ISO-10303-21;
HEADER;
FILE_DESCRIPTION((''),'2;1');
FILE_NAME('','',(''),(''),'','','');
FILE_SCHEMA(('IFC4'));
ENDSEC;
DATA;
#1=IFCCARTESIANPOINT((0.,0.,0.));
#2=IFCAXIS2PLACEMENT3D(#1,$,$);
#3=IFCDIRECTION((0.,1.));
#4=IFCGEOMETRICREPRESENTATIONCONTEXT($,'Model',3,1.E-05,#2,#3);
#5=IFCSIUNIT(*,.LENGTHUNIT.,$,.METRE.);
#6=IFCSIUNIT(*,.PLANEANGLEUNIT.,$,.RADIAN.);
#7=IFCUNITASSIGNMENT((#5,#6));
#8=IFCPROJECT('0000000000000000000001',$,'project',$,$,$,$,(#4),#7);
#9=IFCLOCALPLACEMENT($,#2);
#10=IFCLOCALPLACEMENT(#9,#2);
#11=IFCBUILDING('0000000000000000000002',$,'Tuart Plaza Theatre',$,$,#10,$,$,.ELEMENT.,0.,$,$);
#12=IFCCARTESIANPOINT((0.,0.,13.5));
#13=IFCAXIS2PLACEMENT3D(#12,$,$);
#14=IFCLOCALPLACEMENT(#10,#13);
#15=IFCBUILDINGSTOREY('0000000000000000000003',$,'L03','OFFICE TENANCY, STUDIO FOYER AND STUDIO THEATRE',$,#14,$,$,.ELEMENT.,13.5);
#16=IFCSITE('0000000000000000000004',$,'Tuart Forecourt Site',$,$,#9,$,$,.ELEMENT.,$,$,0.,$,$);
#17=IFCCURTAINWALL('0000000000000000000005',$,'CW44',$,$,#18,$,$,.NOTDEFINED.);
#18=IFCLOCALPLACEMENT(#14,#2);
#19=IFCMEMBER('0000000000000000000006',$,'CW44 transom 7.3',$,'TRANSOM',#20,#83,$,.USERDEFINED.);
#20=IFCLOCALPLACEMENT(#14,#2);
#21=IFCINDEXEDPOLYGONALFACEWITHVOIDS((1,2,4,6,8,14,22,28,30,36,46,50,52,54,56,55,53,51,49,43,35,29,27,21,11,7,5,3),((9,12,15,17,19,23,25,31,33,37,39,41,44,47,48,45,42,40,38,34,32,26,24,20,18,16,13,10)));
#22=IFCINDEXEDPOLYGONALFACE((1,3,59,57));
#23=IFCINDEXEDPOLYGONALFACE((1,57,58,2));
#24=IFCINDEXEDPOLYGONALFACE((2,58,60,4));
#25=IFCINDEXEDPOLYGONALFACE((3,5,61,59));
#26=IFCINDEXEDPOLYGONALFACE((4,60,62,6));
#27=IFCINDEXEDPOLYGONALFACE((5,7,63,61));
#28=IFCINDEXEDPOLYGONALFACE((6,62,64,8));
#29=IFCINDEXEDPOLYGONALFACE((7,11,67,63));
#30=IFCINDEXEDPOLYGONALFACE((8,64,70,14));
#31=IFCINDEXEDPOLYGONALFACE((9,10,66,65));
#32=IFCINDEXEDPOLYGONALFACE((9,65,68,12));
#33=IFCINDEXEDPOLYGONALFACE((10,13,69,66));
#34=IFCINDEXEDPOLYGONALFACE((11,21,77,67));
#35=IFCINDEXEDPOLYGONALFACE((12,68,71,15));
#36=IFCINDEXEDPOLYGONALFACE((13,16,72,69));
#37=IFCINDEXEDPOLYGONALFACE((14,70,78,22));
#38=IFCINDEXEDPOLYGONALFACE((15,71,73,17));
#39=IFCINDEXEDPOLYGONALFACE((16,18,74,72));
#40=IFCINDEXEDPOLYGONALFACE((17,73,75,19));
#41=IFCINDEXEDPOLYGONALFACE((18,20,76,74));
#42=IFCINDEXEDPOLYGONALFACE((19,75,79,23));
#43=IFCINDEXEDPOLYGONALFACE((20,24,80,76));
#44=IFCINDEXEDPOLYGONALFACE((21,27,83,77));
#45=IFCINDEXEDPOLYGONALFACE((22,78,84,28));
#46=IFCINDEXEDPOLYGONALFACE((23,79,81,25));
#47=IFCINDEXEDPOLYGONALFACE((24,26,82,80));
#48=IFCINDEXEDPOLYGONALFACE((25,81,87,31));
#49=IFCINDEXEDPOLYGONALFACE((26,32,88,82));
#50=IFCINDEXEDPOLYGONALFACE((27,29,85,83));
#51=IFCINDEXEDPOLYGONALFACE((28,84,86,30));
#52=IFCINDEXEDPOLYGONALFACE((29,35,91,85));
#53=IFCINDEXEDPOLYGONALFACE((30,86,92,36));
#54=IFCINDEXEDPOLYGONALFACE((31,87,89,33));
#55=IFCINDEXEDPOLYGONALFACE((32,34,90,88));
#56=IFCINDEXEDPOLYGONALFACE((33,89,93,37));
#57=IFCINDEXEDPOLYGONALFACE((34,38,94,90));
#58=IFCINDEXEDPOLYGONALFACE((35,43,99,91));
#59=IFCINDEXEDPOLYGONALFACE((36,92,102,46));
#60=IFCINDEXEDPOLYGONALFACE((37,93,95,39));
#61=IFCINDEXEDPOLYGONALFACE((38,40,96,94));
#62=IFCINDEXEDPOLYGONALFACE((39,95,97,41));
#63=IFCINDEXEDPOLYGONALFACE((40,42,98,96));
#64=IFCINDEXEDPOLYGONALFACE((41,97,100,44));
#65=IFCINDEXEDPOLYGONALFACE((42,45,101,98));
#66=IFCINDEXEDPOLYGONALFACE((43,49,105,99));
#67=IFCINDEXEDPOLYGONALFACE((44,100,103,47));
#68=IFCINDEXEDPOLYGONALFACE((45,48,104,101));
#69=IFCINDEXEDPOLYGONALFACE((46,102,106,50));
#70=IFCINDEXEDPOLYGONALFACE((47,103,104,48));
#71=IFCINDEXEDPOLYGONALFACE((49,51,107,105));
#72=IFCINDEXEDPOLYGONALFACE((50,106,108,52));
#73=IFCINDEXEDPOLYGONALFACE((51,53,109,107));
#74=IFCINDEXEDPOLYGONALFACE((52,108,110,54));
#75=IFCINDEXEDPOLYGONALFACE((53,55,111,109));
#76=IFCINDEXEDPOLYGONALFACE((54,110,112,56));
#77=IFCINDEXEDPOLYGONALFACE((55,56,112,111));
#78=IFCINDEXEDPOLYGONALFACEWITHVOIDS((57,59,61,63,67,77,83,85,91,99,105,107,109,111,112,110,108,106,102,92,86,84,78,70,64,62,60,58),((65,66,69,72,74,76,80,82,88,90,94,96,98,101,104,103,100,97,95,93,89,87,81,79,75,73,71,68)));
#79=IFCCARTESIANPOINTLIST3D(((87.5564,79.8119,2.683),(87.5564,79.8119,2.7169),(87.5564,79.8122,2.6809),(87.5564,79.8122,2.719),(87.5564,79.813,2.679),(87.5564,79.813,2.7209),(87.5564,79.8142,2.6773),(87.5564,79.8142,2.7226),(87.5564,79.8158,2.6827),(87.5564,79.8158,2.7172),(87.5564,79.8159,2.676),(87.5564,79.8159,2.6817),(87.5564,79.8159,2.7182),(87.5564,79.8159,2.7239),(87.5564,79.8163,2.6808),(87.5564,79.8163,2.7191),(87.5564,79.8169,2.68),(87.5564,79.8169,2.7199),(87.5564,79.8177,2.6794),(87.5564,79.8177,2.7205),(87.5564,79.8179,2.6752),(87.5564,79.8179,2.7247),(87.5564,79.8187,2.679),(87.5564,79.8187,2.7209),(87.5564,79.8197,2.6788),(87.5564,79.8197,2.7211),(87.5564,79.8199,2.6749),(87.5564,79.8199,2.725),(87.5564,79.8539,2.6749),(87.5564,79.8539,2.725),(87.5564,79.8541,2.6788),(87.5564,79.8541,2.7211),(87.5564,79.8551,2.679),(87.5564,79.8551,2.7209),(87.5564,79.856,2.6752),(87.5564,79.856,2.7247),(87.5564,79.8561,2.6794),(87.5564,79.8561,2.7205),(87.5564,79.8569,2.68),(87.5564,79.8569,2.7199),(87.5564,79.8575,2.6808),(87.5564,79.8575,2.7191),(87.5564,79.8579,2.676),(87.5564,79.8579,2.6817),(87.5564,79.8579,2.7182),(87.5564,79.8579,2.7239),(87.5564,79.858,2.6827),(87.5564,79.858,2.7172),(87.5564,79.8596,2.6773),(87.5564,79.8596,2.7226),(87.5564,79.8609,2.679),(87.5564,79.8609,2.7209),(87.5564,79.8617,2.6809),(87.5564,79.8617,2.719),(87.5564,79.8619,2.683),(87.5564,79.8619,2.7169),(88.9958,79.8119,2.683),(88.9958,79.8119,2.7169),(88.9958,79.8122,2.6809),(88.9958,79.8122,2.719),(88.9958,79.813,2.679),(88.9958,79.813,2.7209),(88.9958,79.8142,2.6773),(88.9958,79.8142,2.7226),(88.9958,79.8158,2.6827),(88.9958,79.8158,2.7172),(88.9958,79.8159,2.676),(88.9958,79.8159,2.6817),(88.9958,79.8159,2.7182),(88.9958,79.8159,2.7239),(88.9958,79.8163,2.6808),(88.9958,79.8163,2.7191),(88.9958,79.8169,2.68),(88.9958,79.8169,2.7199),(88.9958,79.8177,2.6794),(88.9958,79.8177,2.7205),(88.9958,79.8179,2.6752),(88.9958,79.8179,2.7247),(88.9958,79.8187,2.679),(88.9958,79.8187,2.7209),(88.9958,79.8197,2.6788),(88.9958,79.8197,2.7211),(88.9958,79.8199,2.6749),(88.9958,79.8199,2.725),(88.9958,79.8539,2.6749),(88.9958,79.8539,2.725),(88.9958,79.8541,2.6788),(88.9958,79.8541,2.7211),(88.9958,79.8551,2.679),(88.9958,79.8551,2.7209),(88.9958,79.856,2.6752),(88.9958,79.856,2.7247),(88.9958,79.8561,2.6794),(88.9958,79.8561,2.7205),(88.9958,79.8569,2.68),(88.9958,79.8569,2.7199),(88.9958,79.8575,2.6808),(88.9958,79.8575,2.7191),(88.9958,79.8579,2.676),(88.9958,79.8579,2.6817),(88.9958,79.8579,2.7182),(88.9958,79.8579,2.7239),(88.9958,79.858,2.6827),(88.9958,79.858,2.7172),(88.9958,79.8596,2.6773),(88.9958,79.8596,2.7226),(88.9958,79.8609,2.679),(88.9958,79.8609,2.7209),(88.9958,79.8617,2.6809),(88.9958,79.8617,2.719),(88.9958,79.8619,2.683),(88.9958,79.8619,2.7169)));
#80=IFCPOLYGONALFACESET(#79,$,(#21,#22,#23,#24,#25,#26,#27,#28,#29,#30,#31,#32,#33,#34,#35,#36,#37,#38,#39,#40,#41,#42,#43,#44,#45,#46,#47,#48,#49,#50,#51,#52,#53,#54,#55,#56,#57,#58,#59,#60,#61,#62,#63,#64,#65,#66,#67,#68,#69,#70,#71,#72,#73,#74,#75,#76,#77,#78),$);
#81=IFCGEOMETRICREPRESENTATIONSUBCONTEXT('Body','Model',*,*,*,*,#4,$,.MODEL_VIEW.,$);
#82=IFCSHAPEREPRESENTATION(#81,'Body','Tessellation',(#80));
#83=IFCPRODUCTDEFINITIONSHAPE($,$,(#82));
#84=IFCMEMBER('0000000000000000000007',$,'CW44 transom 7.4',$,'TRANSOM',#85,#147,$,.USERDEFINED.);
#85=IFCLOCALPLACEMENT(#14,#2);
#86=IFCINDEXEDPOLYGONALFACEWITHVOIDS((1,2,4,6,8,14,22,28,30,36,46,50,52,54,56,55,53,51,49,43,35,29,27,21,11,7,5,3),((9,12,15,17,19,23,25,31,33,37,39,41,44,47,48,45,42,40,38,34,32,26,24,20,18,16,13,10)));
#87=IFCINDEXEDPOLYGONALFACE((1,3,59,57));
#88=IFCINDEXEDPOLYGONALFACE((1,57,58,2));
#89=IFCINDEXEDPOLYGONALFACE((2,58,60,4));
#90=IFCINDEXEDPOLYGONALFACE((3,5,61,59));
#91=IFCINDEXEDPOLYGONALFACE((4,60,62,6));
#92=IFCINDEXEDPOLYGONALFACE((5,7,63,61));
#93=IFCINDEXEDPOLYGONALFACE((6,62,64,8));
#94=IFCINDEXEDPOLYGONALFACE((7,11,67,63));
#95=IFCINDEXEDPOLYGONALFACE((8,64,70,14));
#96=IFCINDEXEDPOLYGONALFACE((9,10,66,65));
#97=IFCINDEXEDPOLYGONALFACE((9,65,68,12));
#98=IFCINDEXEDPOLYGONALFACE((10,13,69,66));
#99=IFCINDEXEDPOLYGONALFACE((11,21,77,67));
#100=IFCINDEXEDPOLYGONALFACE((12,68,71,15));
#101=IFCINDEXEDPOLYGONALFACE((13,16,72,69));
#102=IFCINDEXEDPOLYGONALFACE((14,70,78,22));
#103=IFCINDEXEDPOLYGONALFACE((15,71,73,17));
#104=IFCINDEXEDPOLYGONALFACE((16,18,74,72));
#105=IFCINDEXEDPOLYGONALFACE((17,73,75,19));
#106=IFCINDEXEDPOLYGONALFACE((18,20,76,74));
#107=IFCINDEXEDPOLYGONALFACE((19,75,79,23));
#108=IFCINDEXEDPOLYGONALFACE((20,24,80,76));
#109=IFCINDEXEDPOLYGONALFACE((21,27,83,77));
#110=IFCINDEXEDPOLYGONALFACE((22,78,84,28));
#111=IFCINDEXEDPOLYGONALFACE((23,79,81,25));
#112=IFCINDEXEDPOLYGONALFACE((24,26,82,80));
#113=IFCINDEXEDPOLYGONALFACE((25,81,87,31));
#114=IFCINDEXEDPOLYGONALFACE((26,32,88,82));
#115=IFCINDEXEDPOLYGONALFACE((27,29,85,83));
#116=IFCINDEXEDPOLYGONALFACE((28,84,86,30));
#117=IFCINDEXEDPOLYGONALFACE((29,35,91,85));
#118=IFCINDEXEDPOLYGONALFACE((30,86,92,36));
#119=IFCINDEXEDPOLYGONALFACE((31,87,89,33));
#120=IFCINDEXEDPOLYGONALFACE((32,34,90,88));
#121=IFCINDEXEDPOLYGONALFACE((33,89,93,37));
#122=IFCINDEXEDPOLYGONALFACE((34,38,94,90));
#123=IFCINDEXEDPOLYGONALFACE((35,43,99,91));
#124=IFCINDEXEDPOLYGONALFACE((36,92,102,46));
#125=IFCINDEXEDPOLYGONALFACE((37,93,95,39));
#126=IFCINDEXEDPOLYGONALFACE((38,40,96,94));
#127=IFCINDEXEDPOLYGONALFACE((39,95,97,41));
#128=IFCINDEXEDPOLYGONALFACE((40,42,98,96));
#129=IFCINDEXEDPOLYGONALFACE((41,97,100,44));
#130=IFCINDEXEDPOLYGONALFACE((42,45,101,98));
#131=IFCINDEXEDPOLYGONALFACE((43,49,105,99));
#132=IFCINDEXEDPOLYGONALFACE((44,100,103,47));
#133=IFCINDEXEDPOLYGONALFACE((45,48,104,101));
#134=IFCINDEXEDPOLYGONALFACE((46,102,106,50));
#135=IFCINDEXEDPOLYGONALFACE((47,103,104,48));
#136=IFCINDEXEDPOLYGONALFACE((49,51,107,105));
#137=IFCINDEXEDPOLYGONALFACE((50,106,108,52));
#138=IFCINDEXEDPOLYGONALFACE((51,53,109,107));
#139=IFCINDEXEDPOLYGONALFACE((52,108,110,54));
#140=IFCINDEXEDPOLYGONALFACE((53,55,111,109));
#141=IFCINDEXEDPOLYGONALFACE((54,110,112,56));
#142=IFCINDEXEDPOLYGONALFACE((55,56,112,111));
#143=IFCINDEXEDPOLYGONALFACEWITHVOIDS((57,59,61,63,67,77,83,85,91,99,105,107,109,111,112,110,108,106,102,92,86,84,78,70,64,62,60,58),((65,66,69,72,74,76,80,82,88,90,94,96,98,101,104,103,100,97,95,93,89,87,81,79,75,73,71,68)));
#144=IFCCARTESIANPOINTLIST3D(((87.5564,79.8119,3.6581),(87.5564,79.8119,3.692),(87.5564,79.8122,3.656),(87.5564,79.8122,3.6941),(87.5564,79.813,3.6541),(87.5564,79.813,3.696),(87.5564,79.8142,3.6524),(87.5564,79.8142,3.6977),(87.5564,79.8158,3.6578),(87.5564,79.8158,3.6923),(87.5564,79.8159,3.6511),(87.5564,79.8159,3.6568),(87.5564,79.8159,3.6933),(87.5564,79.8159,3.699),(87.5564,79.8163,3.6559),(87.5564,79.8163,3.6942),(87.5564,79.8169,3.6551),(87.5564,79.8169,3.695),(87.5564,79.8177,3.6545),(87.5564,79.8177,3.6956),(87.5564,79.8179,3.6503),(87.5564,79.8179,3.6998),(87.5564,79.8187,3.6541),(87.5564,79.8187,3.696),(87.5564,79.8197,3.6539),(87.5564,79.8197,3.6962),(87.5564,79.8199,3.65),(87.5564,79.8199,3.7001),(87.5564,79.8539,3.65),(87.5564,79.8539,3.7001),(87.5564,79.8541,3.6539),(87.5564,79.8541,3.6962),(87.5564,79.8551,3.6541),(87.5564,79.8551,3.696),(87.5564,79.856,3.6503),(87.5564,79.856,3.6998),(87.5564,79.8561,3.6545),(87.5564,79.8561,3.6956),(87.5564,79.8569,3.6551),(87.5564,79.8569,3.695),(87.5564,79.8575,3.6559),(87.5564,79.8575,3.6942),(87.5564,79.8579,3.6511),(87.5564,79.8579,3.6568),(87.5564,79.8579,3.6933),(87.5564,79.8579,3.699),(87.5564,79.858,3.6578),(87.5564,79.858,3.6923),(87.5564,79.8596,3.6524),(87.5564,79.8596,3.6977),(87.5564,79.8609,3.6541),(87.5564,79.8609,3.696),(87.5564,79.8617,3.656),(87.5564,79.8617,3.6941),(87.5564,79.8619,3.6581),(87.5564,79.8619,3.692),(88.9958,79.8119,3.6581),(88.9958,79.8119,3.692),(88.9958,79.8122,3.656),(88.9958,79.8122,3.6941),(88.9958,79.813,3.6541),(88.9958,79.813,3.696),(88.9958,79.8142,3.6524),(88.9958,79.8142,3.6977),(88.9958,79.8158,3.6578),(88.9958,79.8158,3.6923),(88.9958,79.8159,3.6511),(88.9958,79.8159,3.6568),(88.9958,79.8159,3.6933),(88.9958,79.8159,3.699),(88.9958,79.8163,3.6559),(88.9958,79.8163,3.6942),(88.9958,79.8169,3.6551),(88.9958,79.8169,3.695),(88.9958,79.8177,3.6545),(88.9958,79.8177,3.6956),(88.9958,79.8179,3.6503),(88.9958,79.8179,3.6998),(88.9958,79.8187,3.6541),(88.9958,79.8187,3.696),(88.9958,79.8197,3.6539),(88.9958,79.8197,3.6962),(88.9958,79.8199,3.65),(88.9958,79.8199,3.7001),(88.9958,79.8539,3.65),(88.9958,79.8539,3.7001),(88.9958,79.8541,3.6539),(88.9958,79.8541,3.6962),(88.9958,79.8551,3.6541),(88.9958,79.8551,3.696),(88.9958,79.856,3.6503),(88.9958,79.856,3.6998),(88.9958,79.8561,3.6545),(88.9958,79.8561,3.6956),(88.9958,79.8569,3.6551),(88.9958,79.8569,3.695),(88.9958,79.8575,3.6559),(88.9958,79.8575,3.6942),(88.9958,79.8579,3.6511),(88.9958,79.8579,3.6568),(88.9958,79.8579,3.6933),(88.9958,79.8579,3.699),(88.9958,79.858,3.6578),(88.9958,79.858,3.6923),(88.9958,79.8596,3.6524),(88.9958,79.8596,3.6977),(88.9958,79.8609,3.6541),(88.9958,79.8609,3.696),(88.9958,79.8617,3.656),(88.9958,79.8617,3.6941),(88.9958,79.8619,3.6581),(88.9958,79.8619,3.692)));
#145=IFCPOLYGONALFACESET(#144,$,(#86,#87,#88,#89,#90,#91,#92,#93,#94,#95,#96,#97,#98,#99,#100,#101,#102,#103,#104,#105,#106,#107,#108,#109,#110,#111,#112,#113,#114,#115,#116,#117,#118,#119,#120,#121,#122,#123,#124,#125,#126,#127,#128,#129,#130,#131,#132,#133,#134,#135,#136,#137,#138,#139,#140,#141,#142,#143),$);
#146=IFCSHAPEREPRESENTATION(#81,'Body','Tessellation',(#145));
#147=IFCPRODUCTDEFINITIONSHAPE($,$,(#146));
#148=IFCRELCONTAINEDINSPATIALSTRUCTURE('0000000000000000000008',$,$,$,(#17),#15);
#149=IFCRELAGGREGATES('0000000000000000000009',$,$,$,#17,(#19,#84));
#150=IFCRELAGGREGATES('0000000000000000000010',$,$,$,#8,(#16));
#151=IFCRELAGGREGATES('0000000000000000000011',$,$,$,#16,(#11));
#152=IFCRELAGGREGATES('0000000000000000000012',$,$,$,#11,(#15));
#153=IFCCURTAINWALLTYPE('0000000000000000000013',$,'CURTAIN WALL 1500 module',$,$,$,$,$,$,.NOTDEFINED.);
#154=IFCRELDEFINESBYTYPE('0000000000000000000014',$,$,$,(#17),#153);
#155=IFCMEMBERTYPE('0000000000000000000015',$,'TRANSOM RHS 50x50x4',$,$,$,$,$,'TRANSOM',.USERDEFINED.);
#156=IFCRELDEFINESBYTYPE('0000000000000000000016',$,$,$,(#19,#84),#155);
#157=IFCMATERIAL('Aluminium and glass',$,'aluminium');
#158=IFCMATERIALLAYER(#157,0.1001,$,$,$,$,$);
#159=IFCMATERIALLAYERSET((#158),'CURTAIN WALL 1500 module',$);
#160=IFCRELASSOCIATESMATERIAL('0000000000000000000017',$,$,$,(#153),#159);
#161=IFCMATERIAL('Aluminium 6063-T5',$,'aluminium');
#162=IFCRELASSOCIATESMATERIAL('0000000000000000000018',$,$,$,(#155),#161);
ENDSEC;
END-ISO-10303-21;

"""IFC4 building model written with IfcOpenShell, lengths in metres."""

from ifc_helpers import new_model, si_unit, direction, frame, origin, origin_2d, place, context, subcontext, project, spatial, hollow_rectangle, extrude, material, layer, layer_set, material_profile, profile_set, type_object, element, aggregate, save


model = new_model("IFC4")

# Units and contexts
model_context = context("Model", 3, precision=1e-05, world=origin(), true_north=direction((0.0, 1.0)))
body_context = subcontext(model_context, "Body", "Model", "MODEL_VIEW")
ifc_project = project(units=[si_unit("LENGTHUNIT", "METRE"), si_unit("PLANEANGLEUNIT", "RADIAN")], contexts=[model_context])

# Site, building, storey
site_placement = place(None, origin())
site = spatial("IfcSite", under=ifc_project, at=site_placement, Name="Tuart Forecourt Site", CompositionType="ELEMENT", RefElevation=0.0)
building_placement = place(site_placement, origin())
building = spatial("IfcBuilding", under=site, at=building_placement, Name="Tuart Plaza Theatre", CompositionType="ELEMENT", ElevationOfRefHeight=0.0)
storey_placement = place(building_placement, frame((0.0, 0.0, 13.5)))
storey = spatial("IfcBuildingStorey", under=building, at=storey_placement, Name="L03", Description="OFFICE TENANCY, STUDIO FOYER AND STUDIO THEATRE", CompositionType="ELEMENT", Elevation=13.5)

# Curtain wall, members
ifc_material_1 = material(Name="Aluminium and glass", Category="aluminium")
ifc_layer_1 = layer(ifc_material_1, 0.1001)
ifc_layer_set_1 = layer_set([ifc_layer_1], Name="CURTAIN WALL 1500 module")
curtain_wall_type = type_object("IfcCurtainWallType", Name="CURTAIN WALL 1500 module", PredefinedType="NOTDEFINED", material=ifc_layer_set_1)
curtain_wall_placement = place(storey_placement, origin())
curtain_wall = element("IfcCurtainWall", 1, at=curtain_wall_placement, inside=storey, type_object=curtain_wall_type, Name="CW44", PredefinedType="NOTDEFINED")
ifc_material_2 = material(Name="Aluminium 6063-T5", Category="aluminium")
ifc_material_profile_1 = material_profile(ifc_material_2, hollow_rectangle(XDim=0.05, YDim=0.05, WallThickness=0.0039, InnerFilletRadius=0.0039, OuterFilletRadius=0.0081, at=origin_2d()), Name="RHS 50x50x4")
ifc_profile_set_1 = profile_set([ifc_material_profile_1], Name="Aluminium 6063-T5")
member_type_1 = type_object("IfcMemberType", Name="TRANSOM RHS 50x50x4", ElementType="TRANSOM", PredefinedType="USERDEFINED", material=ifc_profile_set_1)
member_1_placement = place(storey_placement, frame((87.5564, 79.8369, 2.7), z_axis=(1.0, 0.0, 0.0), x_axis=(0.0, 1.0, 0.0)))
member_1 = element("IfcMember", 2, at=member_1_placement, type_object=member_type_1, Name="CW44 transom 7.3", ObjectType="TRANSOM", PredefinedType="USERDEFINED", context=body_context, shape_type="SweptSolid", body=[
    extrude(hollow_rectangle(XDim=0.05, YDim=0.05, WallThickness=0.0039, InnerFilletRadius=0.0039, OuterFilletRadius=0.0081, at=origin_2d()), origin(), (0.0, 0.0, 1.0), 1.4395),
])
member_2_placement = place(storey_placement, frame((87.5564, 79.8369, 3.675), z_axis=(1.0, 0.0, 0.0), x_axis=(0.0, 1.0, 0.0)))
member_2 = element("IfcMember", 3, at=member_2_placement, type_object=member_type_1, Name="CW44 transom 7.4", ObjectType="TRANSOM", PredefinedType="USERDEFINED", context=body_context, shape_type="SweptSolid", body=[
    extrude(hollow_rectangle(XDim=0.05, YDim=0.05, WallThickness=0.0039, InnerFilletRadius=0.0039, OuterFilletRadius=0.0081, at=origin_2d()), origin(), (0.0, 0.0, 1.0), 1.4395),
])
aggregate(curtain_wall, [member_1, member_2])

save(model, "model.ifc")
